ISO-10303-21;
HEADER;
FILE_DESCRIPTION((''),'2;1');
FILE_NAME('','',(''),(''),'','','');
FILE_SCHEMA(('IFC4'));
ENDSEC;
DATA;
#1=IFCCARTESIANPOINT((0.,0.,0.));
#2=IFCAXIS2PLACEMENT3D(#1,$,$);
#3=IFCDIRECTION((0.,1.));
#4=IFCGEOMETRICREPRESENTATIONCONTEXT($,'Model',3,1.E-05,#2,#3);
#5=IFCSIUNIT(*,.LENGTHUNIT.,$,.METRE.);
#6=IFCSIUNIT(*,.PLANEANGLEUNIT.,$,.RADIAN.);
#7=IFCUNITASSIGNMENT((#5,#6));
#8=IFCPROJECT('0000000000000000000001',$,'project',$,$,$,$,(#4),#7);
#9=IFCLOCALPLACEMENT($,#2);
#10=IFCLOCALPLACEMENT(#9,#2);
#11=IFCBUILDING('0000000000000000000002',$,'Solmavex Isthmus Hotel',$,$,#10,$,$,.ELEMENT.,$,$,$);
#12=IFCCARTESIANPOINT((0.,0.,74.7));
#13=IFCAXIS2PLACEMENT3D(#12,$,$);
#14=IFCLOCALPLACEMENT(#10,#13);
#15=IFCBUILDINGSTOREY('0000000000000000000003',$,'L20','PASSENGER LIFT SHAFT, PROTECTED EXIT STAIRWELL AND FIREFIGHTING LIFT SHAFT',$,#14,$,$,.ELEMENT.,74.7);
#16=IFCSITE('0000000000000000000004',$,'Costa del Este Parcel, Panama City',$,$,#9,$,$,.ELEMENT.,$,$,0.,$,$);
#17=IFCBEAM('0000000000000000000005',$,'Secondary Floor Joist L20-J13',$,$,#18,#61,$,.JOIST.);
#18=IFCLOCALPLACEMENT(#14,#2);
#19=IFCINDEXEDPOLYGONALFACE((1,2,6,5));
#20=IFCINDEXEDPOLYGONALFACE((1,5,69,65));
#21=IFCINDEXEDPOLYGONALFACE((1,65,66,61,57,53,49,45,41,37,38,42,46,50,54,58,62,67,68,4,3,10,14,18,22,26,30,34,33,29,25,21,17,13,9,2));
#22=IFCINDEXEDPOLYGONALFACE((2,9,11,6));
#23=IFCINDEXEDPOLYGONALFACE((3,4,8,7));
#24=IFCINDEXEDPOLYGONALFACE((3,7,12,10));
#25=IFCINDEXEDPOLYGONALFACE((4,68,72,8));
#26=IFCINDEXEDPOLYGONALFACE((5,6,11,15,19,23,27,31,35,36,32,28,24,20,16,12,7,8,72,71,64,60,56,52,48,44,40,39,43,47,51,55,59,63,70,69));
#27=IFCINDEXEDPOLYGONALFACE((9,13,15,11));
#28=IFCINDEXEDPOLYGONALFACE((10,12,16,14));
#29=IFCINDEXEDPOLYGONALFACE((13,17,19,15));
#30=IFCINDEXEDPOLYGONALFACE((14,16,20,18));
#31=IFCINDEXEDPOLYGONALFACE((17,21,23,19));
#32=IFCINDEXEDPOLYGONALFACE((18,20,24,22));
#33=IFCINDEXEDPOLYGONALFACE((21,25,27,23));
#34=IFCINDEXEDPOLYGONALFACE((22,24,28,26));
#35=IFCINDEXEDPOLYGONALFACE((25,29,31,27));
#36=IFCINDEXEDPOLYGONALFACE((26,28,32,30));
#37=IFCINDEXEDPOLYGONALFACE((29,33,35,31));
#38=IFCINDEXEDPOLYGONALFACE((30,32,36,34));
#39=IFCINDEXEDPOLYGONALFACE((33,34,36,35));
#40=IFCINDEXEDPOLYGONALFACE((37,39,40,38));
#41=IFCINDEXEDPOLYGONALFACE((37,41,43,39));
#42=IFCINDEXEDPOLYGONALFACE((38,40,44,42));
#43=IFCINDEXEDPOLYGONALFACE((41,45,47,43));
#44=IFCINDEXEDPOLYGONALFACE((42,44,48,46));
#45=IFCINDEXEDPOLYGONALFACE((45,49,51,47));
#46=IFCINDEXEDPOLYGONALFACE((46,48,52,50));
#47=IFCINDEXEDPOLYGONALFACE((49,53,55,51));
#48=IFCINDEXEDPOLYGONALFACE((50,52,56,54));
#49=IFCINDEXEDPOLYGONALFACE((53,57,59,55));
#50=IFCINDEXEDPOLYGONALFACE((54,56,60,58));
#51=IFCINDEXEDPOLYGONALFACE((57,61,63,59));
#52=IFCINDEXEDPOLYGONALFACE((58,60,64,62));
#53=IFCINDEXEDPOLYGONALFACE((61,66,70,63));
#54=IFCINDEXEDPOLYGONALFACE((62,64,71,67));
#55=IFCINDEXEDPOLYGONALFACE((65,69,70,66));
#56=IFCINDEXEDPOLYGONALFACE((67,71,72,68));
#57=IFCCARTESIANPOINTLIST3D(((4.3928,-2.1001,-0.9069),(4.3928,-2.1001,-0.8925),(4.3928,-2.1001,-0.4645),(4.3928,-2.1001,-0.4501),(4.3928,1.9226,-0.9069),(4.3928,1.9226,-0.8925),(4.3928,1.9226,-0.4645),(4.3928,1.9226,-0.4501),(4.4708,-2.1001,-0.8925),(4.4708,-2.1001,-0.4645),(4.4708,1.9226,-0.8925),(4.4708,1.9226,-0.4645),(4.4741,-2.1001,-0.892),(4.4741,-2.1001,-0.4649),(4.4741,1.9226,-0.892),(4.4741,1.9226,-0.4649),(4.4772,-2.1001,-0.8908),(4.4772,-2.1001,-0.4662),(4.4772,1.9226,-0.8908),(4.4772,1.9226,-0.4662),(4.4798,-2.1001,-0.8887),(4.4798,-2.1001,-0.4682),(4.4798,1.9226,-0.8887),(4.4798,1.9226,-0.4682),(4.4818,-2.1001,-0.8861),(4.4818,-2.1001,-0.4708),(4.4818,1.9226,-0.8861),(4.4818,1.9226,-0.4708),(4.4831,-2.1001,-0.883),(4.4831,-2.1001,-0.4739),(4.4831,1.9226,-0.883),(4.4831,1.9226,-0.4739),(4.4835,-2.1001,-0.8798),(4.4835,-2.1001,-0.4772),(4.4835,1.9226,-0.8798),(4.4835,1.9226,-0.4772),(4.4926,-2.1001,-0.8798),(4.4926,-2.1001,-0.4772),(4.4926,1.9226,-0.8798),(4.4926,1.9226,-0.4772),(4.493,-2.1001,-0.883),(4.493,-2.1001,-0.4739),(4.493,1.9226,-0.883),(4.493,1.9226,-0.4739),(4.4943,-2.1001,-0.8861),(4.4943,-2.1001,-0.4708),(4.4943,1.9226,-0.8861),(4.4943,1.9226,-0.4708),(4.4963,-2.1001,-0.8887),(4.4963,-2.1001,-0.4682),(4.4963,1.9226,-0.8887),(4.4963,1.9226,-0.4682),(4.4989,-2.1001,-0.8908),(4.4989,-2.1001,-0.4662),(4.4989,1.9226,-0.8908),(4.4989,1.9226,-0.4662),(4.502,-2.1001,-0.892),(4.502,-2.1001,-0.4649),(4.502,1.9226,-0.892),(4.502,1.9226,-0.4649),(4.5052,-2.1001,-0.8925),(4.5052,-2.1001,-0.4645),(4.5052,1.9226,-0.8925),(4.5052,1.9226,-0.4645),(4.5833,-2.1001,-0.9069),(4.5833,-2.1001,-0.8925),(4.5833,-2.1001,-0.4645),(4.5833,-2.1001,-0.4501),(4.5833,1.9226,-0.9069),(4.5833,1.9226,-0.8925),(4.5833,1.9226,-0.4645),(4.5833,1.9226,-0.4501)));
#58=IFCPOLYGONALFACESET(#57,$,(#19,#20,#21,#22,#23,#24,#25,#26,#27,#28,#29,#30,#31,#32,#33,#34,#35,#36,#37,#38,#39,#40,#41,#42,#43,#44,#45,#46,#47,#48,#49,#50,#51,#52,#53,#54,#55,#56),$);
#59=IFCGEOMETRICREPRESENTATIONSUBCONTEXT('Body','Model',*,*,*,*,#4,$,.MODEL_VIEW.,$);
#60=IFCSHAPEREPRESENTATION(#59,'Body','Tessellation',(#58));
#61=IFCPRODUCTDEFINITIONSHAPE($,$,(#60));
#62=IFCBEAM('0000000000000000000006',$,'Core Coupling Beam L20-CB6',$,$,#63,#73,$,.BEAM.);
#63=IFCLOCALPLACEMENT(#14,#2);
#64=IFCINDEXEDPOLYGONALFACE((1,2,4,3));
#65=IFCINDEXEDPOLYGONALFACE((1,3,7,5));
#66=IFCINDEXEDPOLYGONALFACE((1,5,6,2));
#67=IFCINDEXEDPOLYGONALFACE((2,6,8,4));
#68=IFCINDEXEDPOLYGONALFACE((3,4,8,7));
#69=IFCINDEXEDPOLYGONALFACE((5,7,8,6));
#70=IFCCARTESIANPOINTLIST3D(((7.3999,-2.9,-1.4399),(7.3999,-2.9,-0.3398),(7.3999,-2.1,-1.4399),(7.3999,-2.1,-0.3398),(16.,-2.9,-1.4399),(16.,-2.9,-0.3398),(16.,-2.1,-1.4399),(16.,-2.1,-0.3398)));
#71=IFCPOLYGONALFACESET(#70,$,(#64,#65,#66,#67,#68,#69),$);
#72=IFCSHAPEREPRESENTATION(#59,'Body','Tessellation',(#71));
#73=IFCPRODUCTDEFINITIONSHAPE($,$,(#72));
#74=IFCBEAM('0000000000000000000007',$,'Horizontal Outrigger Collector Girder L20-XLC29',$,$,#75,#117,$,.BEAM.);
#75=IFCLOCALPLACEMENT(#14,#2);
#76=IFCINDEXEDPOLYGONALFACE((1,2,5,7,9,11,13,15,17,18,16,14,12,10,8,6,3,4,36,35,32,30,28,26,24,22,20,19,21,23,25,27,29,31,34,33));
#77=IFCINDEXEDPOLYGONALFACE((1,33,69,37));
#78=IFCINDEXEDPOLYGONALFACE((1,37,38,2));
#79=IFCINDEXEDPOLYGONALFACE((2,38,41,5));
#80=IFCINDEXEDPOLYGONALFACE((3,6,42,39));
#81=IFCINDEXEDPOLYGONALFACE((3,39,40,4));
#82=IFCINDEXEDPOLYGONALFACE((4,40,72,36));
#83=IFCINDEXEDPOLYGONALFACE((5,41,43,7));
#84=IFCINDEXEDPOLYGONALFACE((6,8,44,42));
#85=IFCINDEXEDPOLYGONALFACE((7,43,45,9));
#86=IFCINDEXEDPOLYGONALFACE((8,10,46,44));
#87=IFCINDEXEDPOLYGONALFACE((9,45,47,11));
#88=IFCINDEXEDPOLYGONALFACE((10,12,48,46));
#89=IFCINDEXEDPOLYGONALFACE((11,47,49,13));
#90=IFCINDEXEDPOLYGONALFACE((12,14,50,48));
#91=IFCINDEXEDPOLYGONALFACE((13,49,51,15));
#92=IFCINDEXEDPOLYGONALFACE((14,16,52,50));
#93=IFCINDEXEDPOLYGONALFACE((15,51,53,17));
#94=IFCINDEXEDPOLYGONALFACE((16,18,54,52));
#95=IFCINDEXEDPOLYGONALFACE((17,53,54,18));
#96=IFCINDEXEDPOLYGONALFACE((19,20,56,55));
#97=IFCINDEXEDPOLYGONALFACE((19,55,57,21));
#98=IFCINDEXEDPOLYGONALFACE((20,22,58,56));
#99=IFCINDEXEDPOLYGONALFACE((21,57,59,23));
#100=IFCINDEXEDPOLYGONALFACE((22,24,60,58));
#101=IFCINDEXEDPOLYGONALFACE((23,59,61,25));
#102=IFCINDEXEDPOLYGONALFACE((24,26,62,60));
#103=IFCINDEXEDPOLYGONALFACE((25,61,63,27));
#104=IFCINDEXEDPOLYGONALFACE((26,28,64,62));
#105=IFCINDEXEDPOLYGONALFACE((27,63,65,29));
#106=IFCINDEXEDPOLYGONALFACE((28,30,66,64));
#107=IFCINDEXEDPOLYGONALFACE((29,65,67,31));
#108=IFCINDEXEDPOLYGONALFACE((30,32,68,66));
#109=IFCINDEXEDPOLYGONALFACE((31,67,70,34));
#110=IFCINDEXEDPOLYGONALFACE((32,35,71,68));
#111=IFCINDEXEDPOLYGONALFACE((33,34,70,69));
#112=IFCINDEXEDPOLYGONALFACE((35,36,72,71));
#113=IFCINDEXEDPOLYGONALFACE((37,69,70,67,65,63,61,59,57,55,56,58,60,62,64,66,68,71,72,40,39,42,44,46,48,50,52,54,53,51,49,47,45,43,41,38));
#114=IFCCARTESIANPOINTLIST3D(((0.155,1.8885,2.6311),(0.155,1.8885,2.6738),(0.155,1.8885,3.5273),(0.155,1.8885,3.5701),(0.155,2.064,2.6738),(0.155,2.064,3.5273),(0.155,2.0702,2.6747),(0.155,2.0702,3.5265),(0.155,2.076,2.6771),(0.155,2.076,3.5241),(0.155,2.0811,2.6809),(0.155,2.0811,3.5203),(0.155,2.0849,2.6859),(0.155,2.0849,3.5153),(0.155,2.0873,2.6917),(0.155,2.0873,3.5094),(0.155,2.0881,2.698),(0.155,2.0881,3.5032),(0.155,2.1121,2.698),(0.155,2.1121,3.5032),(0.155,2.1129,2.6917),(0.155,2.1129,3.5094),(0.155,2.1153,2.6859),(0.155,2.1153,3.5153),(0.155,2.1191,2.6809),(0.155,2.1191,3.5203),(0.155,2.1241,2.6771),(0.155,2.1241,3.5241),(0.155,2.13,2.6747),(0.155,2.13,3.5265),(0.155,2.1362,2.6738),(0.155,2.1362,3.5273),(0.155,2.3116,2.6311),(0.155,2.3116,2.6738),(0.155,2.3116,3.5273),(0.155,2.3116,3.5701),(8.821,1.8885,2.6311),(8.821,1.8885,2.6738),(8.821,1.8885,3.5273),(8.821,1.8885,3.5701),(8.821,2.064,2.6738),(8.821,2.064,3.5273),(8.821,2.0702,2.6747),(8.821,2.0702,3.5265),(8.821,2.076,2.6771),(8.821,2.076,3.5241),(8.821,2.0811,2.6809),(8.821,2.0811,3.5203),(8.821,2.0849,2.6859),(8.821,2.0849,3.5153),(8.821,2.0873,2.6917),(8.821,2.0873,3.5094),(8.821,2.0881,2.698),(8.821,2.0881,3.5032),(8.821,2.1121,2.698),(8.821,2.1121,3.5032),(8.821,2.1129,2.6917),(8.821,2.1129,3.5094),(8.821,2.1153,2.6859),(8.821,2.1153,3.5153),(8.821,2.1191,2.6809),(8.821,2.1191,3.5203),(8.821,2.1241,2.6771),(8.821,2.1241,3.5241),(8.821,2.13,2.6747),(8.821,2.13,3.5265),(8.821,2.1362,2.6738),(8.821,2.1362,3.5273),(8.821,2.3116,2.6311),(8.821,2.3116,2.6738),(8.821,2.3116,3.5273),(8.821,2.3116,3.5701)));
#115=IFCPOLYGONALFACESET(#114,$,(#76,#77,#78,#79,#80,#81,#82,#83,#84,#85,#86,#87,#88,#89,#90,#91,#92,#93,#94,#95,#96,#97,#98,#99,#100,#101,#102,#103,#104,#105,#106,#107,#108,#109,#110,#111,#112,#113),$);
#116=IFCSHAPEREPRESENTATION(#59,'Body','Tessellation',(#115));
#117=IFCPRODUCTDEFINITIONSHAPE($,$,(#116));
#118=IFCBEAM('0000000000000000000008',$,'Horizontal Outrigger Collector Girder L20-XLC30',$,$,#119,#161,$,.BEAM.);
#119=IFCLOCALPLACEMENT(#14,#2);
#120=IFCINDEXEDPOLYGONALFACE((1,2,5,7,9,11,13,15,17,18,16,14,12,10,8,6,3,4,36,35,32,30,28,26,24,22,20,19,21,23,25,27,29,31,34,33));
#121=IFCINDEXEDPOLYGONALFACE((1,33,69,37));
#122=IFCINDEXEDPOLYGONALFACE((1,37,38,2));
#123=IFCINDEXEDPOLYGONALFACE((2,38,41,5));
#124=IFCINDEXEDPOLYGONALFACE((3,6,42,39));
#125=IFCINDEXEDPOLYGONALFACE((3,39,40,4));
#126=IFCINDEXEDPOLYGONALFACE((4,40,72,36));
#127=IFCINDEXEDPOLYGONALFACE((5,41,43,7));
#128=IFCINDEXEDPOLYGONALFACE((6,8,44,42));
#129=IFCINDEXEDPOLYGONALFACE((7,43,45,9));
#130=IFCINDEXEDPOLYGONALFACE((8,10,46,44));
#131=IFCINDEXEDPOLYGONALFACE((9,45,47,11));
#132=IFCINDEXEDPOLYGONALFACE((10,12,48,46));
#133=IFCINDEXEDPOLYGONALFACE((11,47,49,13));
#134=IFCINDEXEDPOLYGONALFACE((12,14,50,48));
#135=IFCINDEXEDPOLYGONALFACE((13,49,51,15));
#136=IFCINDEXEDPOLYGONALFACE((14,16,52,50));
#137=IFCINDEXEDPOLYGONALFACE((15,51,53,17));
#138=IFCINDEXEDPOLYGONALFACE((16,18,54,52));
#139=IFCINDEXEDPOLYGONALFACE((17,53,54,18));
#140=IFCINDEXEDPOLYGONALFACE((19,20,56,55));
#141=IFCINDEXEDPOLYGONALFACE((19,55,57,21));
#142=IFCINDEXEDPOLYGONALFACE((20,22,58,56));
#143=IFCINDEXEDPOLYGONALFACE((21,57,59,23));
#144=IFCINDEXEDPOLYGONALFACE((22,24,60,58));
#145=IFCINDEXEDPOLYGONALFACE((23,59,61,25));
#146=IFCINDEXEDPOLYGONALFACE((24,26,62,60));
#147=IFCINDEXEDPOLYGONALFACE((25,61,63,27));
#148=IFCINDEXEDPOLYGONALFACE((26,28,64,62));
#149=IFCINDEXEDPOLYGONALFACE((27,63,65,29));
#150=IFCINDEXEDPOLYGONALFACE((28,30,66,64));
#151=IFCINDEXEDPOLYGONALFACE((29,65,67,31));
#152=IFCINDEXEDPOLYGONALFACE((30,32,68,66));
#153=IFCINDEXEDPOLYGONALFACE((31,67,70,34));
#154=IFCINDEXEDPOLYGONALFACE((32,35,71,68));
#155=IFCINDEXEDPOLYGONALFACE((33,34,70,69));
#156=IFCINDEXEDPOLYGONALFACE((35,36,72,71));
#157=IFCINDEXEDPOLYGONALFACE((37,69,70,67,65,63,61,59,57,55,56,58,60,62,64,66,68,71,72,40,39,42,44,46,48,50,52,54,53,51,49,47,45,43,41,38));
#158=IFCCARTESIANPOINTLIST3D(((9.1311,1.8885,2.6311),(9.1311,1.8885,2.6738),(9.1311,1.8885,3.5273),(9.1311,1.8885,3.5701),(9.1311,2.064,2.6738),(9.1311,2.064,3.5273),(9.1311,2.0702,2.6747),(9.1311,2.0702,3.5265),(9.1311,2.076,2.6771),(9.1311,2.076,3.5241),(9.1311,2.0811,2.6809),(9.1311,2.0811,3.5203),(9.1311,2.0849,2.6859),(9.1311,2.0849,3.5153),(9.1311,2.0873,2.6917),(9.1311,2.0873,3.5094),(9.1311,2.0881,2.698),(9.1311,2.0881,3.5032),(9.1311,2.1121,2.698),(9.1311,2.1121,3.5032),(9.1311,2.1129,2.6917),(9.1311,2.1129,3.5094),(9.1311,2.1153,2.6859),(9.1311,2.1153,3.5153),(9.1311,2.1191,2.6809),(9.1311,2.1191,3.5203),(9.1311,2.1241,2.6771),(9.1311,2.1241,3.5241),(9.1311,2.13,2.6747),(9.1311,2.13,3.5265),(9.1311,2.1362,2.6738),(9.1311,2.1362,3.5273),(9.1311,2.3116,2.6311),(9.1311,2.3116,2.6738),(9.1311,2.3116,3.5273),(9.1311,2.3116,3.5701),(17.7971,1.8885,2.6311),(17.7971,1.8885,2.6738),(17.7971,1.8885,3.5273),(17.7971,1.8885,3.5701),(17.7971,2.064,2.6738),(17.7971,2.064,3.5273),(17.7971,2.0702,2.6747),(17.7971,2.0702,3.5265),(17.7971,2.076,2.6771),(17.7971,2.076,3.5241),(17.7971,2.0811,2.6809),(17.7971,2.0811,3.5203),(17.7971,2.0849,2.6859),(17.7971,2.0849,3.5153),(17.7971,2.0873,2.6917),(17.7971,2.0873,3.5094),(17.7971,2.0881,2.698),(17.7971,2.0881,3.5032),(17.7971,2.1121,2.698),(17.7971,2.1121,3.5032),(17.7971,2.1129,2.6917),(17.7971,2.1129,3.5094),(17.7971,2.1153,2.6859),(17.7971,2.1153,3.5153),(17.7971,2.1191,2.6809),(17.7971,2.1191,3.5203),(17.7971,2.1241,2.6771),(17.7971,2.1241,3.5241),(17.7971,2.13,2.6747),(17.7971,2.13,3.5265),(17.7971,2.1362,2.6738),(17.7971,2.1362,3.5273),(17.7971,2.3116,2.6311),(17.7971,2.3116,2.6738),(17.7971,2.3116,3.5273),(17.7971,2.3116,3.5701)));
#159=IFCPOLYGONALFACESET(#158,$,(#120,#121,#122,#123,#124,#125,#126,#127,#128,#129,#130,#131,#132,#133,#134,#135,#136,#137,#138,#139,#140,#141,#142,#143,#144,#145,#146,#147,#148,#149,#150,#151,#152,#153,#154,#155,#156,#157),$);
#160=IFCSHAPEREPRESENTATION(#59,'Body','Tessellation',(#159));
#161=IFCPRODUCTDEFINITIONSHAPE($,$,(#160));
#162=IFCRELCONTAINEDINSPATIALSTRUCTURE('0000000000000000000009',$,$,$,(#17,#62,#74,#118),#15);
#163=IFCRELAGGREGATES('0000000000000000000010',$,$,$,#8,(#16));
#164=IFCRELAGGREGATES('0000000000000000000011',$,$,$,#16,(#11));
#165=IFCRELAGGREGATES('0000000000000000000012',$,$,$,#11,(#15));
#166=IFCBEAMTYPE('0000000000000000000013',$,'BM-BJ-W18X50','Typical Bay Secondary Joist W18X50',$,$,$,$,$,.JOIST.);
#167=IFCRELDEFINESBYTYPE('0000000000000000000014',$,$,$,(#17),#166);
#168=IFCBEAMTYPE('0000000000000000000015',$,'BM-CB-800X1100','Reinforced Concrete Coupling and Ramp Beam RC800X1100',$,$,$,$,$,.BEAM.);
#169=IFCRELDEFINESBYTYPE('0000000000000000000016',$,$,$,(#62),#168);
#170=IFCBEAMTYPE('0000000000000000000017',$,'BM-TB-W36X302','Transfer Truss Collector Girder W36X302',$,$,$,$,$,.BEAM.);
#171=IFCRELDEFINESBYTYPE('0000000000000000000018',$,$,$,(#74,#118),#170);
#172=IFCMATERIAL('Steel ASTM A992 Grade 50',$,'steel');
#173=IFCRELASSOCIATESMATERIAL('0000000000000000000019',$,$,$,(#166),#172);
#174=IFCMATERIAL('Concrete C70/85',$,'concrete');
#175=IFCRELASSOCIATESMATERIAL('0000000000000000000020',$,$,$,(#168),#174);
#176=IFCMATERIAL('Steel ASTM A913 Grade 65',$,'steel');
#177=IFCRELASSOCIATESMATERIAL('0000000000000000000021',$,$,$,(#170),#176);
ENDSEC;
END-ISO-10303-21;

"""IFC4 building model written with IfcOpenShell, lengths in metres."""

from ifc_helpers import new_model, si_unit, direction, frame, origin, origin_2d, place, context, subcontext, project, spatial, rectangle, i_section, extrude, material, material_profile, profile_set, type_object, element, save


model = new_model("IFC4")

# Units and contexts
model_context = context("Model", 3, precision=1e-05, world=origin(), true_north=direction((0.0, 1.0)))
body_context = subcontext(model_context, "Body", "Model", "MODEL_VIEW")
ifc_project = project(units=[si_unit("LENGTHUNIT", "METRE"), si_unit("PLANEANGLEUNIT", "RADIAN")], contexts=[model_context])

# Site, building, storey
site_placement = place(None, origin())
site = spatial("IfcSite", under=ifc_project, at=site_placement, Name="Costa del Este Parcel, Panama City", CompositionType="ELEMENT", RefElevation=0.0)
building_placement = place(site_placement, origin())
building = spatial("IfcBuilding", under=site, at=building_placement, Name="Solmavex Isthmus Hotel", CompositionType="ELEMENT")
storey_placement = place(building_placement, frame((0.0, 0.0, 74.7)))
storey = spatial("IfcBuildingStorey", under=building, at=storey_placement, Name="L20", Description="PASSENGER LIFT SHAFT, PROTECTED EXIT STAIRWELL AND FIREFIGHTING LIFT SHAFT", CompositionType="ELEMENT", Elevation=74.7)

# Shared definitions
ifc_material_1 = material(Name="Concrete C70/85", Category="concrete")
ifc_material_2 = material(Name="Steel ASTM A913 Grade 65", Category="steel")

# Beams
ifc_material_3 = material(Name="Steel ASTM A992 Grade 50", Category="steel")
ifc_material_profile_1 = material_profile(ifc_material_3, i_section(OverallWidth=0.1904, OverallDepth=0.4568, WebThickness=0.009, FlangeThickness=0.0144, FilletRadius=0.0127, at=origin_2d()), Name="W18X50")
ifc_profile_set_1 = profile_set([ifc_material_profile_1], Name="Steel ASTM A992 Grade 50")
beam_type_1 = type_object("IfcBeamType", Name="BM-BJ-W18X50", Description="Typical Bay Secondary Joist W18X50", PredefinedType="JOIST", material=ifc_profile_set_1)
beam_1_placement = place(storey_placement, frame((4.488, -2.1001, -0.6785), z_axis=(0.0, 1.0, 0.0), x_axis=(-1.0, 0.0, 0.0)))
element("IfcBeam", 1, at=beam_1_placement, inside=storey, type_object=beam_type_1, Name="Secondary Floor Joist L20-J13", PredefinedType="JOIST", context=body_context, shape_type="SweptSolid", body=[
    extrude(i_section(OverallWidth=0.1904, OverallDepth=0.4568, WebThickness=0.009, FlangeThickness=0.0144, FilletRadius=0.0127, at=origin_2d()), origin(), (0.0, 0.0, 1.0), 4.0227),
])
ifc_material_profile_2 = material_profile(ifc_material_1, rectangle(XDim=0.8, YDim=1.1001, at=origin_2d()), Name="RC800X1100")
ifc_profile_set_2 = profile_set([ifc_material_profile_2], Name="Concrete C70/85")
beam_type_2 = type_object("IfcBeamType", Name="BM-CB-800X1100", Description="Reinforced Concrete Coupling and Ramp Beam RC800X1100", PredefinedType="BEAM", material=ifc_profile_set_2)
beam_2_placement = place(storey_placement, frame((7.3999, -2.5, -0.8899), z_axis=(1.0, 0.0, 0.0), x_axis=(0.0, 1.0, 0.0)))
element("IfcBeam", 2, at=beam_2_placement, inside=storey, type_object=beam_type_2, Name="Core Coupling Beam L20-CB6", PredefinedType="BEAM", context=body_context, shape_type="SweptSolid", body=[
    extrude(rectangle(XDim=0.8, YDim=1.1001, at=origin_2d()), origin(), (0.0, 0.0, 1.0), 8.6001),
])
ifc_material_profile_3 = material_profile(ifc_material_2, i_section(OverallWidth=0.4231, OverallDepth=0.939, WebThickness=0.0239, FlangeThickness=0.0427, FilletRadius=0.0242, at=origin_2d()), Name="W36X302")
ifc_profile_set_3 = profile_set([ifc_material_profile_3], Name="Steel ASTM A913 Grade 65")
beam_type_3 = type_object("IfcBeamType", Name="BM-TB-W36X302", Description="Transfer Truss Collector Girder W36X302", PredefinedType="BEAM", material=ifc_profile_set_3)
for number, where, z_axis, x_axis, name in (
    (3, (0.155, 2.1001, 3.1006), (1.0, 0.0, 0.0), (0.0, 1.0, 0.0), "Horizontal Outrigger Collector Girder L20-XLC29"),
    (4, (9.1311, 2.1001, 3.1006), (1.0, 0.0, 0.0), (0.0, 1.0, 0.0), "Horizontal Outrigger Collector Girder L20-XLC30"),
):
    element("IfcBeam", number, at=place(storey_placement, frame(where, z_axis=z_axis, x_axis=x_axis)), inside=storey, type_object=beam_type_3, Name=name, PredefinedType="BEAM", context=body_context, shape_type="SweptSolid", body=[
        extrude(i_section(OverallWidth=0.4231, OverallDepth=0.939, WebThickness=0.0239, FlangeThickness=0.0427, FilletRadius=0.0242, at=origin_2d()), origin(), (0.0, 0.0, 1.0), 8.666),
    ])

save(model, "model.ifc")
